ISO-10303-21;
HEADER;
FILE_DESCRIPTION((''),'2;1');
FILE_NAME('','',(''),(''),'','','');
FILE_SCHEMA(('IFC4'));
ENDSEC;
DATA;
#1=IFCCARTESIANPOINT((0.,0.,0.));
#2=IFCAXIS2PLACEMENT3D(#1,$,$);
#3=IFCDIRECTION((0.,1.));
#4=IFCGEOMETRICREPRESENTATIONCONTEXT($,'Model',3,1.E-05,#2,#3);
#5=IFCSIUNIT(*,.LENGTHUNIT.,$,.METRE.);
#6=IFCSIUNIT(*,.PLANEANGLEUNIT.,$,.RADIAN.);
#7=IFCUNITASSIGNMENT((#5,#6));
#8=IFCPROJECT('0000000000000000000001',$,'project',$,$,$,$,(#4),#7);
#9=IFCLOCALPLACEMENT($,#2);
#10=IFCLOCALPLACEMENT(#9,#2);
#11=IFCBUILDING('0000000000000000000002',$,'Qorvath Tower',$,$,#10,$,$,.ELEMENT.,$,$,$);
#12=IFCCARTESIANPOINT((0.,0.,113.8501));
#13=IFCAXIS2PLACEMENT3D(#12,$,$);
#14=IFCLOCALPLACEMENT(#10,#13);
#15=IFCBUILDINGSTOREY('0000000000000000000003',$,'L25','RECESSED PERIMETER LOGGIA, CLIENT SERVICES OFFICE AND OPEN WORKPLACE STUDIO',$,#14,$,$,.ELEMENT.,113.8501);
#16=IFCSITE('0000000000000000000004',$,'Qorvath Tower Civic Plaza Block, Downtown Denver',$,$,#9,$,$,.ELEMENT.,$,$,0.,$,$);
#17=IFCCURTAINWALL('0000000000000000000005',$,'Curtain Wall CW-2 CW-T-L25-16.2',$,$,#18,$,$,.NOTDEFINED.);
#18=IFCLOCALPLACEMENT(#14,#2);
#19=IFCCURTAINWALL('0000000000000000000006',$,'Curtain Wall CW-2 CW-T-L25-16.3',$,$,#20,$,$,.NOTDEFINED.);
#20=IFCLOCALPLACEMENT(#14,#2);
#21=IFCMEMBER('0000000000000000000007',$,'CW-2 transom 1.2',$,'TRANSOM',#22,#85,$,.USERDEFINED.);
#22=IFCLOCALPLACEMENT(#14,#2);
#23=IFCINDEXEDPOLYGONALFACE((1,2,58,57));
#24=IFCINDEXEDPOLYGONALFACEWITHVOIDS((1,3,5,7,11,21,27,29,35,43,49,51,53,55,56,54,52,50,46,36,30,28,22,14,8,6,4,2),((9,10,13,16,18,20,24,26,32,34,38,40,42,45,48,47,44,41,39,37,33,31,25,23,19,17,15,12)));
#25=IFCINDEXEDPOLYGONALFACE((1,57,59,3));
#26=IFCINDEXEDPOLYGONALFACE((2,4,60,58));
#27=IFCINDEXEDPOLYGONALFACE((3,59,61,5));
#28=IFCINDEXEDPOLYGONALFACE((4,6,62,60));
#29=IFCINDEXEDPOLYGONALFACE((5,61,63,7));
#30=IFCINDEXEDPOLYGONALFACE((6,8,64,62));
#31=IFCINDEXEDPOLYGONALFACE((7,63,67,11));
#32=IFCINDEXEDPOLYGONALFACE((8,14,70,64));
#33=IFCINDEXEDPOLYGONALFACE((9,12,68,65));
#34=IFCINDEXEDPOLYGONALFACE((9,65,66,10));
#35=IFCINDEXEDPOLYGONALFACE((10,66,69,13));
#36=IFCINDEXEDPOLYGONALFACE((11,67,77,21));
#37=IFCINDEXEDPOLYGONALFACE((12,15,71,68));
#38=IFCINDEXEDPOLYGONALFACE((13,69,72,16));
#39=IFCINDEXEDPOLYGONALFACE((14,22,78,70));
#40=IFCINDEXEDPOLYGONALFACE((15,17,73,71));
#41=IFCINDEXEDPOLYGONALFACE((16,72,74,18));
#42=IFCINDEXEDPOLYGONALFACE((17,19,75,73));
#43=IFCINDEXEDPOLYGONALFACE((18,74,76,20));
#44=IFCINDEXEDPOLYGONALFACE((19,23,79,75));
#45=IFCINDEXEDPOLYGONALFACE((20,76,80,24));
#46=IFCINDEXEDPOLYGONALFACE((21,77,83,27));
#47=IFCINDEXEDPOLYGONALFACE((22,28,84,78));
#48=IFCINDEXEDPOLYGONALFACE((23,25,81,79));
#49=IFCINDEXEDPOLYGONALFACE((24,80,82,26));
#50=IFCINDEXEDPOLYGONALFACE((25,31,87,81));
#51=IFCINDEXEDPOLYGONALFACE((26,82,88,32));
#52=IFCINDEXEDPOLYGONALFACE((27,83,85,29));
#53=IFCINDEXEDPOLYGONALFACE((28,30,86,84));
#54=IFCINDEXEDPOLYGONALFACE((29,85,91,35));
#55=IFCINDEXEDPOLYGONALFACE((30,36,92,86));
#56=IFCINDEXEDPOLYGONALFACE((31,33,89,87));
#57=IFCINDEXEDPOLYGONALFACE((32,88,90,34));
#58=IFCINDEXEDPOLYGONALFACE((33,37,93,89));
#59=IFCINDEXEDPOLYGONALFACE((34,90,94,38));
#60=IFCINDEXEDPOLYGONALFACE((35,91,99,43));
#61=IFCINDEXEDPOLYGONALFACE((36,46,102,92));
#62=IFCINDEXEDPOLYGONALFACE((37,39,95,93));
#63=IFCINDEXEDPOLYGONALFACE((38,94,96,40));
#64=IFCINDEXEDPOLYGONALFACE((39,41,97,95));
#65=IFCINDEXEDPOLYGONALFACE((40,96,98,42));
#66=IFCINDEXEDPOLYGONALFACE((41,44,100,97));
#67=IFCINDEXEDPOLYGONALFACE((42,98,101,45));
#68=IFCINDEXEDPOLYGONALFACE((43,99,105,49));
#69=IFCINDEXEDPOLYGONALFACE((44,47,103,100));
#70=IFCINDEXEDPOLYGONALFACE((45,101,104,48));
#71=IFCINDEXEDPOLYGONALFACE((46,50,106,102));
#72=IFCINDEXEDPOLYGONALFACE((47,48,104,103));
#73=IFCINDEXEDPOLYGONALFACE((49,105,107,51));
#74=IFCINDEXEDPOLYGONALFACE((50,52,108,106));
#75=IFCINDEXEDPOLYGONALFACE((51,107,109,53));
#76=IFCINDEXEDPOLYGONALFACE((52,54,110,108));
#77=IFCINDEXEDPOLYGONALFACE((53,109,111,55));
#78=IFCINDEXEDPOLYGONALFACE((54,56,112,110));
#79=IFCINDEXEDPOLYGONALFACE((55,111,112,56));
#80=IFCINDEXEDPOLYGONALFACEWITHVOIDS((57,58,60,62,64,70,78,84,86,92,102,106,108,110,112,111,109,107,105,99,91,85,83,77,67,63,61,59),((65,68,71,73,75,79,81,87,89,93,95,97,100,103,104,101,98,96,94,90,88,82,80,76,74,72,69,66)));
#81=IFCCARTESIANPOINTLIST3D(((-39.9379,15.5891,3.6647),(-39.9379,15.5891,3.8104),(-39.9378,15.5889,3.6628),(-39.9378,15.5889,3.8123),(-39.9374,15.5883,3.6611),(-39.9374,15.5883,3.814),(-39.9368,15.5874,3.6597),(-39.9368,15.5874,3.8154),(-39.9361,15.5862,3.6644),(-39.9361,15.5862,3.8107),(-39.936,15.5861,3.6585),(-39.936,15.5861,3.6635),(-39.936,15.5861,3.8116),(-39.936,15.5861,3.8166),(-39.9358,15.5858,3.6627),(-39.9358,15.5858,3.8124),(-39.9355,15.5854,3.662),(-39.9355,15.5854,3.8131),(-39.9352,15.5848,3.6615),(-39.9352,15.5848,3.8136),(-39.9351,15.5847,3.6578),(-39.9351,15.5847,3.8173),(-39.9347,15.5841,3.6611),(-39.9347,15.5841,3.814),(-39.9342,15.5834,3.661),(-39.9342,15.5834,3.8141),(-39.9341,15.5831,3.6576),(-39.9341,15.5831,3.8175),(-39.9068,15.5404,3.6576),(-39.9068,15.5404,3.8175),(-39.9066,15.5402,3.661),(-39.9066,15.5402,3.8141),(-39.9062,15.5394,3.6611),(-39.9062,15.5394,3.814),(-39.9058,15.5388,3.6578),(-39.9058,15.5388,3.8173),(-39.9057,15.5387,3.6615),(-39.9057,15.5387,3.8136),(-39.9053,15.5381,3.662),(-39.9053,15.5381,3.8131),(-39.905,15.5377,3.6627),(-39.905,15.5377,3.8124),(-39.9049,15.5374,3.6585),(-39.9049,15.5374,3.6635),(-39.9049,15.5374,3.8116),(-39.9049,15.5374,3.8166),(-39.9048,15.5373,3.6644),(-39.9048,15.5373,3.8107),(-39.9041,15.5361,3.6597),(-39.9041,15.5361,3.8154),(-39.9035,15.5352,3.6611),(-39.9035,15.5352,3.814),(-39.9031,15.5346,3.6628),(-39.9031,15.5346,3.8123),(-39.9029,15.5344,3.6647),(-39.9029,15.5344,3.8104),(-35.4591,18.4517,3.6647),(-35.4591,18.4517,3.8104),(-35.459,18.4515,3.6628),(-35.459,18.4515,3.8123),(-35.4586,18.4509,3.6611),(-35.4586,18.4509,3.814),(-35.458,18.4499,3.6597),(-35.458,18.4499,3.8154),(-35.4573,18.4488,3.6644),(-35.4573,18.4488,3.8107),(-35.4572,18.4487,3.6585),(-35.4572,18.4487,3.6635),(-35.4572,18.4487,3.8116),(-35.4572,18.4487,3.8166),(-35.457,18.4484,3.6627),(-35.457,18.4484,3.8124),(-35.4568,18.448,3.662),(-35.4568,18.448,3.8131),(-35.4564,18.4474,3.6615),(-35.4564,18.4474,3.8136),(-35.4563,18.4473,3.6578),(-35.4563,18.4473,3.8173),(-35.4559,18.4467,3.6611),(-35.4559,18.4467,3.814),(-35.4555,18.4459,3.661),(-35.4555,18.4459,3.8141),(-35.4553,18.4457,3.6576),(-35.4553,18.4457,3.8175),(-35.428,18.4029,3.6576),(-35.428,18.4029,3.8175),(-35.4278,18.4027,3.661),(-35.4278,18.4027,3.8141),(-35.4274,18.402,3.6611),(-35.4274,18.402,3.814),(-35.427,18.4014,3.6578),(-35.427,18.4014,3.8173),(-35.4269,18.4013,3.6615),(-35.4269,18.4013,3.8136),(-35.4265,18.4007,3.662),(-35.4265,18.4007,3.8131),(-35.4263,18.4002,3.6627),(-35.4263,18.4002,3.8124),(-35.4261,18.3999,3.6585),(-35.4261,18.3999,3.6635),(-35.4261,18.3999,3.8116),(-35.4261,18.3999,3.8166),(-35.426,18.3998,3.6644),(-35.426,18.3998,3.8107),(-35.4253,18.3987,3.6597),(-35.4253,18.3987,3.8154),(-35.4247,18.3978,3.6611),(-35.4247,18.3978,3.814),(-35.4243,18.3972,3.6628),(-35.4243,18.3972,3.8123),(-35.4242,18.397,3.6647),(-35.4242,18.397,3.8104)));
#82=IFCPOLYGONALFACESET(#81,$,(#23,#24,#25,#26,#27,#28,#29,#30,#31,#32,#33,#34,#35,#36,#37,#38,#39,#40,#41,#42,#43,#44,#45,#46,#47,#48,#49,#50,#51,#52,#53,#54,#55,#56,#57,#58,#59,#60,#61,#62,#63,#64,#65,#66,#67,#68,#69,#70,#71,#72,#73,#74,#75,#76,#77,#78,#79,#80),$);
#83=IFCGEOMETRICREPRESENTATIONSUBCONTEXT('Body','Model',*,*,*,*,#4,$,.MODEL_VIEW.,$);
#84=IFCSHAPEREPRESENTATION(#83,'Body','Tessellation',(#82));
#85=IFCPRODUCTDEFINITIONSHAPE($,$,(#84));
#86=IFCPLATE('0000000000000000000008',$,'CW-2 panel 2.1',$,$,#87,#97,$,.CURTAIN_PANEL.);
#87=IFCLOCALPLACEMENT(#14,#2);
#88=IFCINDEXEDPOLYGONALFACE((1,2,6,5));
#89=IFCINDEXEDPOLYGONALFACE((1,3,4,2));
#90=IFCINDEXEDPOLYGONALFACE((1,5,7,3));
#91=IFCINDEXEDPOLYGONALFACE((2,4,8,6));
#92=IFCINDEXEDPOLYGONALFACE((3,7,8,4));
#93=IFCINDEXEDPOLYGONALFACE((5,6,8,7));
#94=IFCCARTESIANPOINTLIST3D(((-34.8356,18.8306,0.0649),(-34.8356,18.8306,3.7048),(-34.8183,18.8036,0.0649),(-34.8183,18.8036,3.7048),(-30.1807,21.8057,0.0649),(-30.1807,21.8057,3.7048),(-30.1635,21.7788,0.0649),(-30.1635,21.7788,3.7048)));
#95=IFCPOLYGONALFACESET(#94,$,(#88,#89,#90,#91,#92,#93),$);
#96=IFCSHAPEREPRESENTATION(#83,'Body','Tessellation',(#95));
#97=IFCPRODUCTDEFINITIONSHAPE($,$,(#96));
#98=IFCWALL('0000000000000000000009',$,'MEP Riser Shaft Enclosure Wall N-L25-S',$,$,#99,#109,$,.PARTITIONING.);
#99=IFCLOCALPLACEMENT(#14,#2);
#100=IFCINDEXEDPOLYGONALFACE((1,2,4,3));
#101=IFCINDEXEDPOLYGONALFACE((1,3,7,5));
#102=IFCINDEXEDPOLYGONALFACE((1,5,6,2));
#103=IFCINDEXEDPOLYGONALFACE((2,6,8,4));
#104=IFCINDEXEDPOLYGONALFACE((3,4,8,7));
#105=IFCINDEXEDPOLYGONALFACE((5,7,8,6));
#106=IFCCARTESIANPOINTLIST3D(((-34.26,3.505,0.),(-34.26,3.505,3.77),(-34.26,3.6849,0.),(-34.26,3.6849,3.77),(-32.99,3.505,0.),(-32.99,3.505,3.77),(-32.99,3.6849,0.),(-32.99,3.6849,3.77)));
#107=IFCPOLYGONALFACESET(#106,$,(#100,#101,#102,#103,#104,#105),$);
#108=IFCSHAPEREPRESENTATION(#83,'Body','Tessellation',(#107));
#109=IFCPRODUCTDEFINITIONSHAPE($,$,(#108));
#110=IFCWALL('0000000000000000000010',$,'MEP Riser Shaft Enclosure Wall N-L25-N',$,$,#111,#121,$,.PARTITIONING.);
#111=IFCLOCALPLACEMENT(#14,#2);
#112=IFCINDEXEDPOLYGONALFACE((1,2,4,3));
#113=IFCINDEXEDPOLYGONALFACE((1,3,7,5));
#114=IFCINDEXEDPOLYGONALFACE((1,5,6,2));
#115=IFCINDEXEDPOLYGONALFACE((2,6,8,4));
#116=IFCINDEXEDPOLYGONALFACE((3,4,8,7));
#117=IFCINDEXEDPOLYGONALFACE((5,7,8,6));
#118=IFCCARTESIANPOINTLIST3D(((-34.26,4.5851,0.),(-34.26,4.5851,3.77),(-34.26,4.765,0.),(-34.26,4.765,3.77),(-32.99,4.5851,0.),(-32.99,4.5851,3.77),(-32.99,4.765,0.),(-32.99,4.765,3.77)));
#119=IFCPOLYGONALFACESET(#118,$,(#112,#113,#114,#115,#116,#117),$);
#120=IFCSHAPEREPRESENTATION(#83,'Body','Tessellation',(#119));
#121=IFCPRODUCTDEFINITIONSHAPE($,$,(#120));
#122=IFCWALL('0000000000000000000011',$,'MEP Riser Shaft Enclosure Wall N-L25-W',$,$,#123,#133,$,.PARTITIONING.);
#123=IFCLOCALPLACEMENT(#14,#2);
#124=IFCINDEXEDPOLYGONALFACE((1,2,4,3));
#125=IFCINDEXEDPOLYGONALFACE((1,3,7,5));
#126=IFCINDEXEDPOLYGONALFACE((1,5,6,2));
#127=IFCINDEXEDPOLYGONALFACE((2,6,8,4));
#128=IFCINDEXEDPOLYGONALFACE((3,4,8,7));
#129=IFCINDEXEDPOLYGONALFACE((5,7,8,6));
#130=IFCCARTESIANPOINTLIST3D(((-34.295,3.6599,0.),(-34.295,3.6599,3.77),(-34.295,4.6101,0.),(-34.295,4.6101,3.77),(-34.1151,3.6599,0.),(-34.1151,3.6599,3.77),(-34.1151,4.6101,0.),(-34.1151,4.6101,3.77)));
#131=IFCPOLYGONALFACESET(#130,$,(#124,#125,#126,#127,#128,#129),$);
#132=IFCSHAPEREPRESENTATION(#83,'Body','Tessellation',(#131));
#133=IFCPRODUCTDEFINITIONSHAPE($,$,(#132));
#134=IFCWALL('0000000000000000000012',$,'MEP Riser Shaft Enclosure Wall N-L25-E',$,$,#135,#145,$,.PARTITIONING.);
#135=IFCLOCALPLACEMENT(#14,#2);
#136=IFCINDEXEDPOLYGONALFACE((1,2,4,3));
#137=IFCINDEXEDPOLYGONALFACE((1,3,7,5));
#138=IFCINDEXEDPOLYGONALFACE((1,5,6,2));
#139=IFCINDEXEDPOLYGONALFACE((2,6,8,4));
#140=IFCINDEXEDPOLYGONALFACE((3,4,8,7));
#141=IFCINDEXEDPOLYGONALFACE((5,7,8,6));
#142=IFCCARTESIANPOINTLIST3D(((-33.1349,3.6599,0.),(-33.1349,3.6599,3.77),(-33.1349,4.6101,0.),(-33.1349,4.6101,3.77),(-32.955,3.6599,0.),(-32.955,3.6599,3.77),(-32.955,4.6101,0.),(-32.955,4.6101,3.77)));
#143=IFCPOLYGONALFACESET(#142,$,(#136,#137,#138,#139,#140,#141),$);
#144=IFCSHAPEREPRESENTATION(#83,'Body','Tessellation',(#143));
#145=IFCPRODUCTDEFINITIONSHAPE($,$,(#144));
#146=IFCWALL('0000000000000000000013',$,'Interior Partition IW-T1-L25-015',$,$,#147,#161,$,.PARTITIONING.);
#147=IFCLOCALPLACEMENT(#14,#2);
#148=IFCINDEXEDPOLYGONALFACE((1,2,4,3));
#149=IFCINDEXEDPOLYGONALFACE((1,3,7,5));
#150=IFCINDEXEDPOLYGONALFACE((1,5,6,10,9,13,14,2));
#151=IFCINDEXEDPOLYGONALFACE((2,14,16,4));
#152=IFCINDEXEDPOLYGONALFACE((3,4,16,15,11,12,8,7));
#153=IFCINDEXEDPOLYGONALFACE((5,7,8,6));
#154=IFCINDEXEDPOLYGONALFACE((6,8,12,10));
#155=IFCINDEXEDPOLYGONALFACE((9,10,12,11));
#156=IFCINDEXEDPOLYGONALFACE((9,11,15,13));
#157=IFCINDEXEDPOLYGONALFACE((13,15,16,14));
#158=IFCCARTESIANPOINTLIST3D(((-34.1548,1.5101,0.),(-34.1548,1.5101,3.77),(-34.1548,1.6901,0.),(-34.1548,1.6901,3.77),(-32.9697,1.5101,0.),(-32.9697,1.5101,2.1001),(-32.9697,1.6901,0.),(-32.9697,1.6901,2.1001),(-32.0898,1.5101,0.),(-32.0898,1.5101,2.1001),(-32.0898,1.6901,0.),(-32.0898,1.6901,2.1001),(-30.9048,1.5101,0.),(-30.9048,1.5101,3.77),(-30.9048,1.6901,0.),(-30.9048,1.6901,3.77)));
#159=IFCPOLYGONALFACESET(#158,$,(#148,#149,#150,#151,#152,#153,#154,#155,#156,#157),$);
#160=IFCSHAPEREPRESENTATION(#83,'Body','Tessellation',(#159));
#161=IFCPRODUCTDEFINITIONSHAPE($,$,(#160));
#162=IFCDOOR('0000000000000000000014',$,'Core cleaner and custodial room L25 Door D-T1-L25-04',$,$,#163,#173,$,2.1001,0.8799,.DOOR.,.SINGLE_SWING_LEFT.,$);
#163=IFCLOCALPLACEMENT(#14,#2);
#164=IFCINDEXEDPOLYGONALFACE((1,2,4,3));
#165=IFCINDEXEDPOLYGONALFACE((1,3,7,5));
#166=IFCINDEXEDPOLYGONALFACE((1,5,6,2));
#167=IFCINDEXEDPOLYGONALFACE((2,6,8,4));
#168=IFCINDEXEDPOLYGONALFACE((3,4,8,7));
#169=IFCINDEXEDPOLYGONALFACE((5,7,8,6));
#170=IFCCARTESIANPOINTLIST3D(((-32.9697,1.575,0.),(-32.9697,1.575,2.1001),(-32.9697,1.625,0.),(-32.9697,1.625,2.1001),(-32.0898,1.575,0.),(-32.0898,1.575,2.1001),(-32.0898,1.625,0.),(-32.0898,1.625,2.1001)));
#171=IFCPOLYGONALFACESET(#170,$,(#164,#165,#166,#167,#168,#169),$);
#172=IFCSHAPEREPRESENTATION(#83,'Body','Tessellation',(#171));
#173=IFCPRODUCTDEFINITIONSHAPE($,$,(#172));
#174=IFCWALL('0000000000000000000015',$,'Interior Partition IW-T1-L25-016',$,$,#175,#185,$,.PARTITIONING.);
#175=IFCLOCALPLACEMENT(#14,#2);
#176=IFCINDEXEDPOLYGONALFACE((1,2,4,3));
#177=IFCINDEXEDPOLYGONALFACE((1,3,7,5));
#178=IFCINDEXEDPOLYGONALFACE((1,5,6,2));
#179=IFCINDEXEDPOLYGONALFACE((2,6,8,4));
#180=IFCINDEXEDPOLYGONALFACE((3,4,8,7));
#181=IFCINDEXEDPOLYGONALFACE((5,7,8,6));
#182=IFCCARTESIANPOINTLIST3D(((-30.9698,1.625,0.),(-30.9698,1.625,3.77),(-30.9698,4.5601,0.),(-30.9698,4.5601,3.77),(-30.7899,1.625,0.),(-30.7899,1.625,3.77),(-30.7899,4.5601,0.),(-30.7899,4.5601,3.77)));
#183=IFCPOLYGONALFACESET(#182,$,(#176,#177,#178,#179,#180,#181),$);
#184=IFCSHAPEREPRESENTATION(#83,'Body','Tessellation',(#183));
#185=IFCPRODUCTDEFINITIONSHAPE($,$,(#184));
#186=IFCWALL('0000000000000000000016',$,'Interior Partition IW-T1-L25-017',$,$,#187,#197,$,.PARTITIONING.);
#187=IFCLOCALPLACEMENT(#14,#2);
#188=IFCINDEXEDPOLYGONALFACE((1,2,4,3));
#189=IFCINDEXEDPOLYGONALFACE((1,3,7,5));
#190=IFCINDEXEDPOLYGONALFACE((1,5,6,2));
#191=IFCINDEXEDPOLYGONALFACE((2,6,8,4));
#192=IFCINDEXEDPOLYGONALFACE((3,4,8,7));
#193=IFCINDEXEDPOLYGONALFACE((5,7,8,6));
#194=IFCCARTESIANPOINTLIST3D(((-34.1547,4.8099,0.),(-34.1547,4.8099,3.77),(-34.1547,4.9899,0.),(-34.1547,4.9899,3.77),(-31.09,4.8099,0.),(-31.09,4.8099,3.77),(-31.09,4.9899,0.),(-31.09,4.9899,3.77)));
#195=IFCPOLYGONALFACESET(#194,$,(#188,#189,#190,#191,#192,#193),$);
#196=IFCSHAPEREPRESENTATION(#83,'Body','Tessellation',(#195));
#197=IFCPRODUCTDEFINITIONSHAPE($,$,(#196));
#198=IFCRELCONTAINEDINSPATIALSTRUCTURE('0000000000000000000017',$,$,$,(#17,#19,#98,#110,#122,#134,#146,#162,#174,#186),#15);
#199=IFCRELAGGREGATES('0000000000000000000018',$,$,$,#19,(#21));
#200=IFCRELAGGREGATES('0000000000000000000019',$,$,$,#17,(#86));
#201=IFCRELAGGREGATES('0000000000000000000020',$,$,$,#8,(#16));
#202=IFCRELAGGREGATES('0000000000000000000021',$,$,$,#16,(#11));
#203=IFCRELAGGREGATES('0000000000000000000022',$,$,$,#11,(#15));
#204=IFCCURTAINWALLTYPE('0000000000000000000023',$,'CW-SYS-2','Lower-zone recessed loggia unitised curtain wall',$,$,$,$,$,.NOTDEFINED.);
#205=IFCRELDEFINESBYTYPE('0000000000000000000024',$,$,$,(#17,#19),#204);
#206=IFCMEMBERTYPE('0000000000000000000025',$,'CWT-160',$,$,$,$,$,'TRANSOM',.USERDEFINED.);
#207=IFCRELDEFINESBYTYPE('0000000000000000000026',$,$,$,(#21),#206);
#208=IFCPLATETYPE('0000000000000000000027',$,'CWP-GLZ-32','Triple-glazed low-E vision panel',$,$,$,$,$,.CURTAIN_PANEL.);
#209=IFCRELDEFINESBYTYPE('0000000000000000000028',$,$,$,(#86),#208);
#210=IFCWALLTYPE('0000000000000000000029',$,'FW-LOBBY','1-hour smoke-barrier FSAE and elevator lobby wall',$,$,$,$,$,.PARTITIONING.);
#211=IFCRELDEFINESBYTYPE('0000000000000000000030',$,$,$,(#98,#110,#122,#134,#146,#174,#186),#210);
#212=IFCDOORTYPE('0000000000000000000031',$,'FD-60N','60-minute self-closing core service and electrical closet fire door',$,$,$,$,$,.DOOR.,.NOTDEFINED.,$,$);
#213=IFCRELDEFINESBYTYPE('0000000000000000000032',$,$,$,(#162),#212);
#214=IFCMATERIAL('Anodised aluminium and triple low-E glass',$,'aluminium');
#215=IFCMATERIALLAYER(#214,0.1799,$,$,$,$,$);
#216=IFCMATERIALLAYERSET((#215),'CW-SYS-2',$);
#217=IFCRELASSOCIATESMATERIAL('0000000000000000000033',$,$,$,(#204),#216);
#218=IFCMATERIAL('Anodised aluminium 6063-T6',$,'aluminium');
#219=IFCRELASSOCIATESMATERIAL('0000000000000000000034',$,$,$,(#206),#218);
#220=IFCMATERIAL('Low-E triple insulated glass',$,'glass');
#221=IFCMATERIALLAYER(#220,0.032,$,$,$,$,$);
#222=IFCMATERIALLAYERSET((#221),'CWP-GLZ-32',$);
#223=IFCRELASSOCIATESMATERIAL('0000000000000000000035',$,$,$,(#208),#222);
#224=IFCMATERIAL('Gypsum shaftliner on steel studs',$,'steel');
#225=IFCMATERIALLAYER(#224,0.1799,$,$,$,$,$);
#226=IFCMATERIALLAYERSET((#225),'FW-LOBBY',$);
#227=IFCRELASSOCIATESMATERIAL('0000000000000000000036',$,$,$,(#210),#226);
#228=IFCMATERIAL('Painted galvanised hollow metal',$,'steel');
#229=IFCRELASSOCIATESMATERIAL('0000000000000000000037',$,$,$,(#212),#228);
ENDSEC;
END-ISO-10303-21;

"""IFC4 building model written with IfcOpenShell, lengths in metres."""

from ifc_helpers import new_model, si_unit, direction, frame, frame_2d, origin, origin_2d, place, context, subcontext, project, spatial, rectangle, hollow_rectangle, extrude, material, layer, layer_set, material_profile, profile_set, type_object, element, fill, aggregate, save


model = new_model("IFC4")

# Units and contexts
model_context = context("Model", 3, precision=1e-05, world=origin(), true_north=direction((0.0, 1.0)))
body_context = subcontext(model_context, "Body", "Model", "MODEL_VIEW")
ifc_project = project(units=[si_unit("LENGTHUNIT", "METRE"), si_unit("PLANEANGLEUNIT", "RADIAN")], contexts=[model_context])

# Site, building, storey
site_placement = place(None, origin())
site = spatial("IfcSite", under=ifc_project, at=site_placement, Name="Qorvath Tower Civic Plaza Block, Downtown Denver", CompositionType="ELEMENT", RefElevation=0.0)
building_placement = place(site_placement, origin())
building = spatial("IfcBuilding", under=site, at=building_placement, Name="Qorvath Tower", CompositionType="ELEMENT")
storey_placement = place(building_placement, frame((0.0, 0.0, 113.8501)))
storey = spatial("IfcBuildingStorey", under=building, at=storey_placement, Name="L25", Description="RECESSED PERIMETER LOGGIA, CLIENT SERVICES OFFICE AND OPEN WORKPLACE STUDIO", CompositionType="ELEMENT", Elevation=113.8501)

# Curtain wall
ifc_material_1 = material(Name="Anodised aluminium and triple low-E glass", Category="aluminium")
ifc_layer_1 = layer(ifc_material_1, 0.1799)
ifc_layer_set_1 = layer_set([ifc_layer_1], Name="CW-SYS-2")
curtain_wall_type = type_object("IfcCurtainWallType", Name="CW-SYS-2", Description="Lower-zone recessed loggia unitised curtain wall", PredefinedType="NOTDEFINED", material=ifc_layer_set_1)
curtain_wall_1_placement = place(storey_placement, origin())
curtain_wall_1 = element("IfcCurtainWall", 1, at=curtain_wall_1_placement, inside=storey, type_object=curtain_wall_type, Name="Curtain Wall CW-2 CW-T-L25-16.2", PredefinedType="NOTDEFINED")

# Curtain wall, member
curtain_wall_2_placement = place(storey_placement, origin())
curtain_wall_2 = element("IfcCurtainWall", 2, at=curtain_wall_2_placement, inside=storey, type_object=curtain_wall_type, Name="Curtain Wall CW-2 CW-T-L25-16.3", PredefinedType="NOTDEFINED")
ifc_material_2 = material(Name="Anodised aluminium 6063-T6", Category="aluminium")
ifc_material_profile_1 = material_profile(ifc_material_2, hollow_rectangle(XDim=0.0649, YDim=0.1599, WallThickness=0.0034, InnerFilletRadius=0.0034, OuterFilletRadius=0.0071, at=origin_2d()), Name="CWT 160x65")
ifc_profile_set_1 = profile_set([ifc_material_profile_1], Name="Anodised aluminium 6063-T6")
member_type_1 = type_object("IfcMemberType", Name="CWT-160", ElementType="TRANSOM", PredefinedType="USERDEFINED", material=ifc_profile_set_1)
member_1_placement = place(storey_placement, frame((-35.4417, 18.4243, 3.7375), z_axis=(-0.842601, -0.538539, 0.0), x_axis=(0.538539, -0.842601, 0.0)))
member_1 = element("IfcMember", 3, at=member_1_placement, type_object=member_type_1, Name="CW-2 transom 1.2", ObjectType="TRANSOM", PredefinedType="USERDEFINED", context=body_context, shape_type="SweptSolid", body=[
    extrude(hollow_rectangle(XDim=0.0649, YDim=0.1599, WallThickness=0.0034, InnerFilletRadius=0.0034, OuterFilletRadius=0.0071, at=origin_2d()), origin(), (0.0, 0.0, 1.0), 5.3154),
])
aggregate(curtain_wall_2, [member_1])

# Plate
ifc_material_3 = material(Name="Low-E triple insulated glass", Category="glass")
ifc_layer_2 = layer(ifc_material_3, 0.032)
ifc_layer_set_2 = layer_set([ifc_layer_2], Name="CWP-GLZ-32")
plate_type = type_object("IfcPlateType", Name="CWP-GLZ-32", Description="Triple-glazed low-E vision panel", PredefinedType="CURTAIN_PANEL", material=ifc_layer_set_2)
plate_placement = place(storey_placement, frame((-32.4995, 20.3047, 0.0649), z_axis=(0.0, 0.0, 1.0), x_axis=(-0.842598, -0.538543, 0.0)))
plate = element("IfcPlate", 4, at=plate_placement, type_object=plate_type, Name="CW-2 panel 2.1", PredefinedType="CURTAIN_PANEL", context=body_context, shape_type="SweptSolid", body=[
    extrude(rectangle(XDim=5.5244, YDim=0.032, at=origin_2d()), origin(), (0.0, 0.0, 1.0), 3.6399),
])
aggregate(curtain_wall_1, [plate])

# Walls
ifc_material_4 = material(Name="Gypsum shaftliner on steel studs", Category="steel")
ifc_layer_3 = layer(ifc_material_4, 0.1799)
ifc_layer_set_3 = layer_set([ifc_layer_3], Name="FW-LOBBY")
wall_type_1 = type_object("IfcWallType", Name="FW-LOBBY", Description="1-hour smoke-barrier FSAE and elevator lobby wall", PredefinedType="PARTITIONING", material=ifc_layer_set_3)
for number, where, z_axis, x_axis, name in (
    (5, (-32.99, 3.595, 0.0), (0.0, 0.0, 1.0), (-1.0, 0.0, 0.0), "MEP Riser Shaft Enclosure Wall N-L25-S"),
    (6, (-34.26, 4.675, 0.0), (0.0, 0.0, 1.0), (1.0, 0.0, 0.0), "MEP Riser Shaft Enclosure Wall N-L25-N"),
):
    element("IfcWall", number, at=place(storey_placement, frame(where, z_axis=z_axis, x_axis=x_axis)), inside=storey, type_object=wall_type_1, Name=name, PredefinedType="PARTITIONING", context=body_context, shape_type="SweptSolid", body=[
        extrude(rectangle(XDim=1.27, YDim=0.1799, at=frame_2d((0.635, 0.0))), origin(), (0.0, 0.0, 1.0), 3.77),
    ])
for number, where, z_axis, x_axis, name in (
    (7, (-34.2051, 3.6599, 0.0), (0.0, 0.0, 1.0), (0.0, 1.0, 0.0), "MEP Riser Shaft Enclosure Wall N-L25-W"),
    (8, (-33.0449, 4.6101, 0.0), (0.0, 0.0, 1.0), (0.0, -1.0, 0.0), "MEP Riser Shaft Enclosure Wall N-L25-E"),
):
    element("IfcWall", number, at=place(storey_placement, frame(where, z_axis=z_axis, x_axis=x_axis)), inside=storey, type_object=wall_type_1, Name=name, PredefinedType="PARTITIONING", context=body_context, shape_type="SweptSolid", body=[
        extrude(rectangle(XDim=0.9502, YDim=0.1799, at=frame_2d((0.4751, 0.0))), origin(), (0.0, 0.0, 1.0), 3.77),
    ])

# Wall, opening, door
wall_1_placement = place(storey_placement, frame((-34.1548, 1.6001, 0.0), z_axis=(0.0, 0.0, 1.0), x_axis=(1.0, 0.0, 0.0)))
wall_1 = element("IfcWall", 9, at=wall_1_placement, inside=storey, type_object=wall_type_1, Name="Interior Partition IW-T1-L25-015", PredefinedType="PARTITIONING", context=body_context, shape_type="SweptSolid", body=[
    extrude(rectangle(XDim=3.25, YDim=0.1799, at=frame_2d((1.625, 0.0))), origin(), (0.0, 0.0, 1.0), 3.77),
])
opening_1_placement = place(wall_1_placement, frame((1.1851, 0.0, 0.0)))
opening_1 = element("IfcOpeningElement", 10, at=opening_1_placement, cuts=wall_1, PredefinedType="OPENING", context=body_context, shape_type="SweptSolid", body=[
    extrude(rectangle(XDim=0.8799, YDim=2.1001, at=frame_2d((0.4399, 1.05))), frame((0.0, 0.1001, 0.0), z_axis=(0.0, -1.0, 0.0), x_axis=(1.0, 0.0, 0.0)), (0.0, 0.0, 1.0), 0.2),
])
ifc_material_5 = material(Name="Painted galvanised hollow metal", Category="steel")
door_type_1 = type_object("IfcDoorType", Name="FD-60N", Description="60-minute self-closing core service and electrical closet fire door", OperationType="NOTDEFINED", PredefinedType="DOOR", material=ifc_material_5)
door_1_placement = place(opening_1_placement, origin())
door_1 = element("IfcDoor", 11, at=door_1_placement, inside=storey, type_object=door_type_1, Name="Core cleaner and custodial room L25 Door D-T1-L25-04", OperationType="SINGLE_SWING_LEFT", OverallHeight=2.1001, OverallWidth=0.8799, PredefinedType="DOOR", context=body_context, shape_type="SweptSolid", body=[
    extrude(rectangle(XDim=0.8799, YDim=2.1001, at=frame_2d((0.4399, 1.05))), frame((0.0, 0.0249, 0.0), z_axis=(0.0, -1.0, 0.0), x_axis=(1.0, 0.0, 0.0)), (0.0, 0.0, 1.0), 0.05),
])
fill(opening_1, door_1)

# Walls
wall_2_placement = place(storey_placement, frame((-30.8799, 1.625, 0.0), z_axis=(0.0, 0.0, 1.0), x_axis=(0.0, 1.0, 0.0)))
element("IfcWall", 12, at=wall_2_placement, inside=storey, type_object=wall_type_1, Name="Interior Partition IW-T1-L25-016", PredefinedType="PARTITIONING", context=body_context, shape_type="SweptSolid", body=[
    extrude(rectangle(XDim=2.9351, YDim=0.1799, at=frame_2d((1.4675, 0.0))), origin(), (0.0, 0.0, 1.0), 3.77),
])
wall_3_placement = place(storey_placement, frame((-31.0901, 4.8999, 0.0), z_axis=(0.0, 0.0, 1.0), x_axis=(-1.0, 0.0, 0.0)))
element("IfcWall", 13, at=wall_3_placement, inside=storey, type_object=wall_type_1, Name="Interior Partition IW-T1-L25-017", PredefinedType="PARTITIONING", context=body_context, shape_type="SweptSolid", body=[
    extrude(rectangle(XDim=3.0647, YDim=0.1799, at=frame_2d((1.5322, 0.0))), origin(), (0.0, 0.0, 1.0), 3.77),
])

save(model, "model.ifc")
